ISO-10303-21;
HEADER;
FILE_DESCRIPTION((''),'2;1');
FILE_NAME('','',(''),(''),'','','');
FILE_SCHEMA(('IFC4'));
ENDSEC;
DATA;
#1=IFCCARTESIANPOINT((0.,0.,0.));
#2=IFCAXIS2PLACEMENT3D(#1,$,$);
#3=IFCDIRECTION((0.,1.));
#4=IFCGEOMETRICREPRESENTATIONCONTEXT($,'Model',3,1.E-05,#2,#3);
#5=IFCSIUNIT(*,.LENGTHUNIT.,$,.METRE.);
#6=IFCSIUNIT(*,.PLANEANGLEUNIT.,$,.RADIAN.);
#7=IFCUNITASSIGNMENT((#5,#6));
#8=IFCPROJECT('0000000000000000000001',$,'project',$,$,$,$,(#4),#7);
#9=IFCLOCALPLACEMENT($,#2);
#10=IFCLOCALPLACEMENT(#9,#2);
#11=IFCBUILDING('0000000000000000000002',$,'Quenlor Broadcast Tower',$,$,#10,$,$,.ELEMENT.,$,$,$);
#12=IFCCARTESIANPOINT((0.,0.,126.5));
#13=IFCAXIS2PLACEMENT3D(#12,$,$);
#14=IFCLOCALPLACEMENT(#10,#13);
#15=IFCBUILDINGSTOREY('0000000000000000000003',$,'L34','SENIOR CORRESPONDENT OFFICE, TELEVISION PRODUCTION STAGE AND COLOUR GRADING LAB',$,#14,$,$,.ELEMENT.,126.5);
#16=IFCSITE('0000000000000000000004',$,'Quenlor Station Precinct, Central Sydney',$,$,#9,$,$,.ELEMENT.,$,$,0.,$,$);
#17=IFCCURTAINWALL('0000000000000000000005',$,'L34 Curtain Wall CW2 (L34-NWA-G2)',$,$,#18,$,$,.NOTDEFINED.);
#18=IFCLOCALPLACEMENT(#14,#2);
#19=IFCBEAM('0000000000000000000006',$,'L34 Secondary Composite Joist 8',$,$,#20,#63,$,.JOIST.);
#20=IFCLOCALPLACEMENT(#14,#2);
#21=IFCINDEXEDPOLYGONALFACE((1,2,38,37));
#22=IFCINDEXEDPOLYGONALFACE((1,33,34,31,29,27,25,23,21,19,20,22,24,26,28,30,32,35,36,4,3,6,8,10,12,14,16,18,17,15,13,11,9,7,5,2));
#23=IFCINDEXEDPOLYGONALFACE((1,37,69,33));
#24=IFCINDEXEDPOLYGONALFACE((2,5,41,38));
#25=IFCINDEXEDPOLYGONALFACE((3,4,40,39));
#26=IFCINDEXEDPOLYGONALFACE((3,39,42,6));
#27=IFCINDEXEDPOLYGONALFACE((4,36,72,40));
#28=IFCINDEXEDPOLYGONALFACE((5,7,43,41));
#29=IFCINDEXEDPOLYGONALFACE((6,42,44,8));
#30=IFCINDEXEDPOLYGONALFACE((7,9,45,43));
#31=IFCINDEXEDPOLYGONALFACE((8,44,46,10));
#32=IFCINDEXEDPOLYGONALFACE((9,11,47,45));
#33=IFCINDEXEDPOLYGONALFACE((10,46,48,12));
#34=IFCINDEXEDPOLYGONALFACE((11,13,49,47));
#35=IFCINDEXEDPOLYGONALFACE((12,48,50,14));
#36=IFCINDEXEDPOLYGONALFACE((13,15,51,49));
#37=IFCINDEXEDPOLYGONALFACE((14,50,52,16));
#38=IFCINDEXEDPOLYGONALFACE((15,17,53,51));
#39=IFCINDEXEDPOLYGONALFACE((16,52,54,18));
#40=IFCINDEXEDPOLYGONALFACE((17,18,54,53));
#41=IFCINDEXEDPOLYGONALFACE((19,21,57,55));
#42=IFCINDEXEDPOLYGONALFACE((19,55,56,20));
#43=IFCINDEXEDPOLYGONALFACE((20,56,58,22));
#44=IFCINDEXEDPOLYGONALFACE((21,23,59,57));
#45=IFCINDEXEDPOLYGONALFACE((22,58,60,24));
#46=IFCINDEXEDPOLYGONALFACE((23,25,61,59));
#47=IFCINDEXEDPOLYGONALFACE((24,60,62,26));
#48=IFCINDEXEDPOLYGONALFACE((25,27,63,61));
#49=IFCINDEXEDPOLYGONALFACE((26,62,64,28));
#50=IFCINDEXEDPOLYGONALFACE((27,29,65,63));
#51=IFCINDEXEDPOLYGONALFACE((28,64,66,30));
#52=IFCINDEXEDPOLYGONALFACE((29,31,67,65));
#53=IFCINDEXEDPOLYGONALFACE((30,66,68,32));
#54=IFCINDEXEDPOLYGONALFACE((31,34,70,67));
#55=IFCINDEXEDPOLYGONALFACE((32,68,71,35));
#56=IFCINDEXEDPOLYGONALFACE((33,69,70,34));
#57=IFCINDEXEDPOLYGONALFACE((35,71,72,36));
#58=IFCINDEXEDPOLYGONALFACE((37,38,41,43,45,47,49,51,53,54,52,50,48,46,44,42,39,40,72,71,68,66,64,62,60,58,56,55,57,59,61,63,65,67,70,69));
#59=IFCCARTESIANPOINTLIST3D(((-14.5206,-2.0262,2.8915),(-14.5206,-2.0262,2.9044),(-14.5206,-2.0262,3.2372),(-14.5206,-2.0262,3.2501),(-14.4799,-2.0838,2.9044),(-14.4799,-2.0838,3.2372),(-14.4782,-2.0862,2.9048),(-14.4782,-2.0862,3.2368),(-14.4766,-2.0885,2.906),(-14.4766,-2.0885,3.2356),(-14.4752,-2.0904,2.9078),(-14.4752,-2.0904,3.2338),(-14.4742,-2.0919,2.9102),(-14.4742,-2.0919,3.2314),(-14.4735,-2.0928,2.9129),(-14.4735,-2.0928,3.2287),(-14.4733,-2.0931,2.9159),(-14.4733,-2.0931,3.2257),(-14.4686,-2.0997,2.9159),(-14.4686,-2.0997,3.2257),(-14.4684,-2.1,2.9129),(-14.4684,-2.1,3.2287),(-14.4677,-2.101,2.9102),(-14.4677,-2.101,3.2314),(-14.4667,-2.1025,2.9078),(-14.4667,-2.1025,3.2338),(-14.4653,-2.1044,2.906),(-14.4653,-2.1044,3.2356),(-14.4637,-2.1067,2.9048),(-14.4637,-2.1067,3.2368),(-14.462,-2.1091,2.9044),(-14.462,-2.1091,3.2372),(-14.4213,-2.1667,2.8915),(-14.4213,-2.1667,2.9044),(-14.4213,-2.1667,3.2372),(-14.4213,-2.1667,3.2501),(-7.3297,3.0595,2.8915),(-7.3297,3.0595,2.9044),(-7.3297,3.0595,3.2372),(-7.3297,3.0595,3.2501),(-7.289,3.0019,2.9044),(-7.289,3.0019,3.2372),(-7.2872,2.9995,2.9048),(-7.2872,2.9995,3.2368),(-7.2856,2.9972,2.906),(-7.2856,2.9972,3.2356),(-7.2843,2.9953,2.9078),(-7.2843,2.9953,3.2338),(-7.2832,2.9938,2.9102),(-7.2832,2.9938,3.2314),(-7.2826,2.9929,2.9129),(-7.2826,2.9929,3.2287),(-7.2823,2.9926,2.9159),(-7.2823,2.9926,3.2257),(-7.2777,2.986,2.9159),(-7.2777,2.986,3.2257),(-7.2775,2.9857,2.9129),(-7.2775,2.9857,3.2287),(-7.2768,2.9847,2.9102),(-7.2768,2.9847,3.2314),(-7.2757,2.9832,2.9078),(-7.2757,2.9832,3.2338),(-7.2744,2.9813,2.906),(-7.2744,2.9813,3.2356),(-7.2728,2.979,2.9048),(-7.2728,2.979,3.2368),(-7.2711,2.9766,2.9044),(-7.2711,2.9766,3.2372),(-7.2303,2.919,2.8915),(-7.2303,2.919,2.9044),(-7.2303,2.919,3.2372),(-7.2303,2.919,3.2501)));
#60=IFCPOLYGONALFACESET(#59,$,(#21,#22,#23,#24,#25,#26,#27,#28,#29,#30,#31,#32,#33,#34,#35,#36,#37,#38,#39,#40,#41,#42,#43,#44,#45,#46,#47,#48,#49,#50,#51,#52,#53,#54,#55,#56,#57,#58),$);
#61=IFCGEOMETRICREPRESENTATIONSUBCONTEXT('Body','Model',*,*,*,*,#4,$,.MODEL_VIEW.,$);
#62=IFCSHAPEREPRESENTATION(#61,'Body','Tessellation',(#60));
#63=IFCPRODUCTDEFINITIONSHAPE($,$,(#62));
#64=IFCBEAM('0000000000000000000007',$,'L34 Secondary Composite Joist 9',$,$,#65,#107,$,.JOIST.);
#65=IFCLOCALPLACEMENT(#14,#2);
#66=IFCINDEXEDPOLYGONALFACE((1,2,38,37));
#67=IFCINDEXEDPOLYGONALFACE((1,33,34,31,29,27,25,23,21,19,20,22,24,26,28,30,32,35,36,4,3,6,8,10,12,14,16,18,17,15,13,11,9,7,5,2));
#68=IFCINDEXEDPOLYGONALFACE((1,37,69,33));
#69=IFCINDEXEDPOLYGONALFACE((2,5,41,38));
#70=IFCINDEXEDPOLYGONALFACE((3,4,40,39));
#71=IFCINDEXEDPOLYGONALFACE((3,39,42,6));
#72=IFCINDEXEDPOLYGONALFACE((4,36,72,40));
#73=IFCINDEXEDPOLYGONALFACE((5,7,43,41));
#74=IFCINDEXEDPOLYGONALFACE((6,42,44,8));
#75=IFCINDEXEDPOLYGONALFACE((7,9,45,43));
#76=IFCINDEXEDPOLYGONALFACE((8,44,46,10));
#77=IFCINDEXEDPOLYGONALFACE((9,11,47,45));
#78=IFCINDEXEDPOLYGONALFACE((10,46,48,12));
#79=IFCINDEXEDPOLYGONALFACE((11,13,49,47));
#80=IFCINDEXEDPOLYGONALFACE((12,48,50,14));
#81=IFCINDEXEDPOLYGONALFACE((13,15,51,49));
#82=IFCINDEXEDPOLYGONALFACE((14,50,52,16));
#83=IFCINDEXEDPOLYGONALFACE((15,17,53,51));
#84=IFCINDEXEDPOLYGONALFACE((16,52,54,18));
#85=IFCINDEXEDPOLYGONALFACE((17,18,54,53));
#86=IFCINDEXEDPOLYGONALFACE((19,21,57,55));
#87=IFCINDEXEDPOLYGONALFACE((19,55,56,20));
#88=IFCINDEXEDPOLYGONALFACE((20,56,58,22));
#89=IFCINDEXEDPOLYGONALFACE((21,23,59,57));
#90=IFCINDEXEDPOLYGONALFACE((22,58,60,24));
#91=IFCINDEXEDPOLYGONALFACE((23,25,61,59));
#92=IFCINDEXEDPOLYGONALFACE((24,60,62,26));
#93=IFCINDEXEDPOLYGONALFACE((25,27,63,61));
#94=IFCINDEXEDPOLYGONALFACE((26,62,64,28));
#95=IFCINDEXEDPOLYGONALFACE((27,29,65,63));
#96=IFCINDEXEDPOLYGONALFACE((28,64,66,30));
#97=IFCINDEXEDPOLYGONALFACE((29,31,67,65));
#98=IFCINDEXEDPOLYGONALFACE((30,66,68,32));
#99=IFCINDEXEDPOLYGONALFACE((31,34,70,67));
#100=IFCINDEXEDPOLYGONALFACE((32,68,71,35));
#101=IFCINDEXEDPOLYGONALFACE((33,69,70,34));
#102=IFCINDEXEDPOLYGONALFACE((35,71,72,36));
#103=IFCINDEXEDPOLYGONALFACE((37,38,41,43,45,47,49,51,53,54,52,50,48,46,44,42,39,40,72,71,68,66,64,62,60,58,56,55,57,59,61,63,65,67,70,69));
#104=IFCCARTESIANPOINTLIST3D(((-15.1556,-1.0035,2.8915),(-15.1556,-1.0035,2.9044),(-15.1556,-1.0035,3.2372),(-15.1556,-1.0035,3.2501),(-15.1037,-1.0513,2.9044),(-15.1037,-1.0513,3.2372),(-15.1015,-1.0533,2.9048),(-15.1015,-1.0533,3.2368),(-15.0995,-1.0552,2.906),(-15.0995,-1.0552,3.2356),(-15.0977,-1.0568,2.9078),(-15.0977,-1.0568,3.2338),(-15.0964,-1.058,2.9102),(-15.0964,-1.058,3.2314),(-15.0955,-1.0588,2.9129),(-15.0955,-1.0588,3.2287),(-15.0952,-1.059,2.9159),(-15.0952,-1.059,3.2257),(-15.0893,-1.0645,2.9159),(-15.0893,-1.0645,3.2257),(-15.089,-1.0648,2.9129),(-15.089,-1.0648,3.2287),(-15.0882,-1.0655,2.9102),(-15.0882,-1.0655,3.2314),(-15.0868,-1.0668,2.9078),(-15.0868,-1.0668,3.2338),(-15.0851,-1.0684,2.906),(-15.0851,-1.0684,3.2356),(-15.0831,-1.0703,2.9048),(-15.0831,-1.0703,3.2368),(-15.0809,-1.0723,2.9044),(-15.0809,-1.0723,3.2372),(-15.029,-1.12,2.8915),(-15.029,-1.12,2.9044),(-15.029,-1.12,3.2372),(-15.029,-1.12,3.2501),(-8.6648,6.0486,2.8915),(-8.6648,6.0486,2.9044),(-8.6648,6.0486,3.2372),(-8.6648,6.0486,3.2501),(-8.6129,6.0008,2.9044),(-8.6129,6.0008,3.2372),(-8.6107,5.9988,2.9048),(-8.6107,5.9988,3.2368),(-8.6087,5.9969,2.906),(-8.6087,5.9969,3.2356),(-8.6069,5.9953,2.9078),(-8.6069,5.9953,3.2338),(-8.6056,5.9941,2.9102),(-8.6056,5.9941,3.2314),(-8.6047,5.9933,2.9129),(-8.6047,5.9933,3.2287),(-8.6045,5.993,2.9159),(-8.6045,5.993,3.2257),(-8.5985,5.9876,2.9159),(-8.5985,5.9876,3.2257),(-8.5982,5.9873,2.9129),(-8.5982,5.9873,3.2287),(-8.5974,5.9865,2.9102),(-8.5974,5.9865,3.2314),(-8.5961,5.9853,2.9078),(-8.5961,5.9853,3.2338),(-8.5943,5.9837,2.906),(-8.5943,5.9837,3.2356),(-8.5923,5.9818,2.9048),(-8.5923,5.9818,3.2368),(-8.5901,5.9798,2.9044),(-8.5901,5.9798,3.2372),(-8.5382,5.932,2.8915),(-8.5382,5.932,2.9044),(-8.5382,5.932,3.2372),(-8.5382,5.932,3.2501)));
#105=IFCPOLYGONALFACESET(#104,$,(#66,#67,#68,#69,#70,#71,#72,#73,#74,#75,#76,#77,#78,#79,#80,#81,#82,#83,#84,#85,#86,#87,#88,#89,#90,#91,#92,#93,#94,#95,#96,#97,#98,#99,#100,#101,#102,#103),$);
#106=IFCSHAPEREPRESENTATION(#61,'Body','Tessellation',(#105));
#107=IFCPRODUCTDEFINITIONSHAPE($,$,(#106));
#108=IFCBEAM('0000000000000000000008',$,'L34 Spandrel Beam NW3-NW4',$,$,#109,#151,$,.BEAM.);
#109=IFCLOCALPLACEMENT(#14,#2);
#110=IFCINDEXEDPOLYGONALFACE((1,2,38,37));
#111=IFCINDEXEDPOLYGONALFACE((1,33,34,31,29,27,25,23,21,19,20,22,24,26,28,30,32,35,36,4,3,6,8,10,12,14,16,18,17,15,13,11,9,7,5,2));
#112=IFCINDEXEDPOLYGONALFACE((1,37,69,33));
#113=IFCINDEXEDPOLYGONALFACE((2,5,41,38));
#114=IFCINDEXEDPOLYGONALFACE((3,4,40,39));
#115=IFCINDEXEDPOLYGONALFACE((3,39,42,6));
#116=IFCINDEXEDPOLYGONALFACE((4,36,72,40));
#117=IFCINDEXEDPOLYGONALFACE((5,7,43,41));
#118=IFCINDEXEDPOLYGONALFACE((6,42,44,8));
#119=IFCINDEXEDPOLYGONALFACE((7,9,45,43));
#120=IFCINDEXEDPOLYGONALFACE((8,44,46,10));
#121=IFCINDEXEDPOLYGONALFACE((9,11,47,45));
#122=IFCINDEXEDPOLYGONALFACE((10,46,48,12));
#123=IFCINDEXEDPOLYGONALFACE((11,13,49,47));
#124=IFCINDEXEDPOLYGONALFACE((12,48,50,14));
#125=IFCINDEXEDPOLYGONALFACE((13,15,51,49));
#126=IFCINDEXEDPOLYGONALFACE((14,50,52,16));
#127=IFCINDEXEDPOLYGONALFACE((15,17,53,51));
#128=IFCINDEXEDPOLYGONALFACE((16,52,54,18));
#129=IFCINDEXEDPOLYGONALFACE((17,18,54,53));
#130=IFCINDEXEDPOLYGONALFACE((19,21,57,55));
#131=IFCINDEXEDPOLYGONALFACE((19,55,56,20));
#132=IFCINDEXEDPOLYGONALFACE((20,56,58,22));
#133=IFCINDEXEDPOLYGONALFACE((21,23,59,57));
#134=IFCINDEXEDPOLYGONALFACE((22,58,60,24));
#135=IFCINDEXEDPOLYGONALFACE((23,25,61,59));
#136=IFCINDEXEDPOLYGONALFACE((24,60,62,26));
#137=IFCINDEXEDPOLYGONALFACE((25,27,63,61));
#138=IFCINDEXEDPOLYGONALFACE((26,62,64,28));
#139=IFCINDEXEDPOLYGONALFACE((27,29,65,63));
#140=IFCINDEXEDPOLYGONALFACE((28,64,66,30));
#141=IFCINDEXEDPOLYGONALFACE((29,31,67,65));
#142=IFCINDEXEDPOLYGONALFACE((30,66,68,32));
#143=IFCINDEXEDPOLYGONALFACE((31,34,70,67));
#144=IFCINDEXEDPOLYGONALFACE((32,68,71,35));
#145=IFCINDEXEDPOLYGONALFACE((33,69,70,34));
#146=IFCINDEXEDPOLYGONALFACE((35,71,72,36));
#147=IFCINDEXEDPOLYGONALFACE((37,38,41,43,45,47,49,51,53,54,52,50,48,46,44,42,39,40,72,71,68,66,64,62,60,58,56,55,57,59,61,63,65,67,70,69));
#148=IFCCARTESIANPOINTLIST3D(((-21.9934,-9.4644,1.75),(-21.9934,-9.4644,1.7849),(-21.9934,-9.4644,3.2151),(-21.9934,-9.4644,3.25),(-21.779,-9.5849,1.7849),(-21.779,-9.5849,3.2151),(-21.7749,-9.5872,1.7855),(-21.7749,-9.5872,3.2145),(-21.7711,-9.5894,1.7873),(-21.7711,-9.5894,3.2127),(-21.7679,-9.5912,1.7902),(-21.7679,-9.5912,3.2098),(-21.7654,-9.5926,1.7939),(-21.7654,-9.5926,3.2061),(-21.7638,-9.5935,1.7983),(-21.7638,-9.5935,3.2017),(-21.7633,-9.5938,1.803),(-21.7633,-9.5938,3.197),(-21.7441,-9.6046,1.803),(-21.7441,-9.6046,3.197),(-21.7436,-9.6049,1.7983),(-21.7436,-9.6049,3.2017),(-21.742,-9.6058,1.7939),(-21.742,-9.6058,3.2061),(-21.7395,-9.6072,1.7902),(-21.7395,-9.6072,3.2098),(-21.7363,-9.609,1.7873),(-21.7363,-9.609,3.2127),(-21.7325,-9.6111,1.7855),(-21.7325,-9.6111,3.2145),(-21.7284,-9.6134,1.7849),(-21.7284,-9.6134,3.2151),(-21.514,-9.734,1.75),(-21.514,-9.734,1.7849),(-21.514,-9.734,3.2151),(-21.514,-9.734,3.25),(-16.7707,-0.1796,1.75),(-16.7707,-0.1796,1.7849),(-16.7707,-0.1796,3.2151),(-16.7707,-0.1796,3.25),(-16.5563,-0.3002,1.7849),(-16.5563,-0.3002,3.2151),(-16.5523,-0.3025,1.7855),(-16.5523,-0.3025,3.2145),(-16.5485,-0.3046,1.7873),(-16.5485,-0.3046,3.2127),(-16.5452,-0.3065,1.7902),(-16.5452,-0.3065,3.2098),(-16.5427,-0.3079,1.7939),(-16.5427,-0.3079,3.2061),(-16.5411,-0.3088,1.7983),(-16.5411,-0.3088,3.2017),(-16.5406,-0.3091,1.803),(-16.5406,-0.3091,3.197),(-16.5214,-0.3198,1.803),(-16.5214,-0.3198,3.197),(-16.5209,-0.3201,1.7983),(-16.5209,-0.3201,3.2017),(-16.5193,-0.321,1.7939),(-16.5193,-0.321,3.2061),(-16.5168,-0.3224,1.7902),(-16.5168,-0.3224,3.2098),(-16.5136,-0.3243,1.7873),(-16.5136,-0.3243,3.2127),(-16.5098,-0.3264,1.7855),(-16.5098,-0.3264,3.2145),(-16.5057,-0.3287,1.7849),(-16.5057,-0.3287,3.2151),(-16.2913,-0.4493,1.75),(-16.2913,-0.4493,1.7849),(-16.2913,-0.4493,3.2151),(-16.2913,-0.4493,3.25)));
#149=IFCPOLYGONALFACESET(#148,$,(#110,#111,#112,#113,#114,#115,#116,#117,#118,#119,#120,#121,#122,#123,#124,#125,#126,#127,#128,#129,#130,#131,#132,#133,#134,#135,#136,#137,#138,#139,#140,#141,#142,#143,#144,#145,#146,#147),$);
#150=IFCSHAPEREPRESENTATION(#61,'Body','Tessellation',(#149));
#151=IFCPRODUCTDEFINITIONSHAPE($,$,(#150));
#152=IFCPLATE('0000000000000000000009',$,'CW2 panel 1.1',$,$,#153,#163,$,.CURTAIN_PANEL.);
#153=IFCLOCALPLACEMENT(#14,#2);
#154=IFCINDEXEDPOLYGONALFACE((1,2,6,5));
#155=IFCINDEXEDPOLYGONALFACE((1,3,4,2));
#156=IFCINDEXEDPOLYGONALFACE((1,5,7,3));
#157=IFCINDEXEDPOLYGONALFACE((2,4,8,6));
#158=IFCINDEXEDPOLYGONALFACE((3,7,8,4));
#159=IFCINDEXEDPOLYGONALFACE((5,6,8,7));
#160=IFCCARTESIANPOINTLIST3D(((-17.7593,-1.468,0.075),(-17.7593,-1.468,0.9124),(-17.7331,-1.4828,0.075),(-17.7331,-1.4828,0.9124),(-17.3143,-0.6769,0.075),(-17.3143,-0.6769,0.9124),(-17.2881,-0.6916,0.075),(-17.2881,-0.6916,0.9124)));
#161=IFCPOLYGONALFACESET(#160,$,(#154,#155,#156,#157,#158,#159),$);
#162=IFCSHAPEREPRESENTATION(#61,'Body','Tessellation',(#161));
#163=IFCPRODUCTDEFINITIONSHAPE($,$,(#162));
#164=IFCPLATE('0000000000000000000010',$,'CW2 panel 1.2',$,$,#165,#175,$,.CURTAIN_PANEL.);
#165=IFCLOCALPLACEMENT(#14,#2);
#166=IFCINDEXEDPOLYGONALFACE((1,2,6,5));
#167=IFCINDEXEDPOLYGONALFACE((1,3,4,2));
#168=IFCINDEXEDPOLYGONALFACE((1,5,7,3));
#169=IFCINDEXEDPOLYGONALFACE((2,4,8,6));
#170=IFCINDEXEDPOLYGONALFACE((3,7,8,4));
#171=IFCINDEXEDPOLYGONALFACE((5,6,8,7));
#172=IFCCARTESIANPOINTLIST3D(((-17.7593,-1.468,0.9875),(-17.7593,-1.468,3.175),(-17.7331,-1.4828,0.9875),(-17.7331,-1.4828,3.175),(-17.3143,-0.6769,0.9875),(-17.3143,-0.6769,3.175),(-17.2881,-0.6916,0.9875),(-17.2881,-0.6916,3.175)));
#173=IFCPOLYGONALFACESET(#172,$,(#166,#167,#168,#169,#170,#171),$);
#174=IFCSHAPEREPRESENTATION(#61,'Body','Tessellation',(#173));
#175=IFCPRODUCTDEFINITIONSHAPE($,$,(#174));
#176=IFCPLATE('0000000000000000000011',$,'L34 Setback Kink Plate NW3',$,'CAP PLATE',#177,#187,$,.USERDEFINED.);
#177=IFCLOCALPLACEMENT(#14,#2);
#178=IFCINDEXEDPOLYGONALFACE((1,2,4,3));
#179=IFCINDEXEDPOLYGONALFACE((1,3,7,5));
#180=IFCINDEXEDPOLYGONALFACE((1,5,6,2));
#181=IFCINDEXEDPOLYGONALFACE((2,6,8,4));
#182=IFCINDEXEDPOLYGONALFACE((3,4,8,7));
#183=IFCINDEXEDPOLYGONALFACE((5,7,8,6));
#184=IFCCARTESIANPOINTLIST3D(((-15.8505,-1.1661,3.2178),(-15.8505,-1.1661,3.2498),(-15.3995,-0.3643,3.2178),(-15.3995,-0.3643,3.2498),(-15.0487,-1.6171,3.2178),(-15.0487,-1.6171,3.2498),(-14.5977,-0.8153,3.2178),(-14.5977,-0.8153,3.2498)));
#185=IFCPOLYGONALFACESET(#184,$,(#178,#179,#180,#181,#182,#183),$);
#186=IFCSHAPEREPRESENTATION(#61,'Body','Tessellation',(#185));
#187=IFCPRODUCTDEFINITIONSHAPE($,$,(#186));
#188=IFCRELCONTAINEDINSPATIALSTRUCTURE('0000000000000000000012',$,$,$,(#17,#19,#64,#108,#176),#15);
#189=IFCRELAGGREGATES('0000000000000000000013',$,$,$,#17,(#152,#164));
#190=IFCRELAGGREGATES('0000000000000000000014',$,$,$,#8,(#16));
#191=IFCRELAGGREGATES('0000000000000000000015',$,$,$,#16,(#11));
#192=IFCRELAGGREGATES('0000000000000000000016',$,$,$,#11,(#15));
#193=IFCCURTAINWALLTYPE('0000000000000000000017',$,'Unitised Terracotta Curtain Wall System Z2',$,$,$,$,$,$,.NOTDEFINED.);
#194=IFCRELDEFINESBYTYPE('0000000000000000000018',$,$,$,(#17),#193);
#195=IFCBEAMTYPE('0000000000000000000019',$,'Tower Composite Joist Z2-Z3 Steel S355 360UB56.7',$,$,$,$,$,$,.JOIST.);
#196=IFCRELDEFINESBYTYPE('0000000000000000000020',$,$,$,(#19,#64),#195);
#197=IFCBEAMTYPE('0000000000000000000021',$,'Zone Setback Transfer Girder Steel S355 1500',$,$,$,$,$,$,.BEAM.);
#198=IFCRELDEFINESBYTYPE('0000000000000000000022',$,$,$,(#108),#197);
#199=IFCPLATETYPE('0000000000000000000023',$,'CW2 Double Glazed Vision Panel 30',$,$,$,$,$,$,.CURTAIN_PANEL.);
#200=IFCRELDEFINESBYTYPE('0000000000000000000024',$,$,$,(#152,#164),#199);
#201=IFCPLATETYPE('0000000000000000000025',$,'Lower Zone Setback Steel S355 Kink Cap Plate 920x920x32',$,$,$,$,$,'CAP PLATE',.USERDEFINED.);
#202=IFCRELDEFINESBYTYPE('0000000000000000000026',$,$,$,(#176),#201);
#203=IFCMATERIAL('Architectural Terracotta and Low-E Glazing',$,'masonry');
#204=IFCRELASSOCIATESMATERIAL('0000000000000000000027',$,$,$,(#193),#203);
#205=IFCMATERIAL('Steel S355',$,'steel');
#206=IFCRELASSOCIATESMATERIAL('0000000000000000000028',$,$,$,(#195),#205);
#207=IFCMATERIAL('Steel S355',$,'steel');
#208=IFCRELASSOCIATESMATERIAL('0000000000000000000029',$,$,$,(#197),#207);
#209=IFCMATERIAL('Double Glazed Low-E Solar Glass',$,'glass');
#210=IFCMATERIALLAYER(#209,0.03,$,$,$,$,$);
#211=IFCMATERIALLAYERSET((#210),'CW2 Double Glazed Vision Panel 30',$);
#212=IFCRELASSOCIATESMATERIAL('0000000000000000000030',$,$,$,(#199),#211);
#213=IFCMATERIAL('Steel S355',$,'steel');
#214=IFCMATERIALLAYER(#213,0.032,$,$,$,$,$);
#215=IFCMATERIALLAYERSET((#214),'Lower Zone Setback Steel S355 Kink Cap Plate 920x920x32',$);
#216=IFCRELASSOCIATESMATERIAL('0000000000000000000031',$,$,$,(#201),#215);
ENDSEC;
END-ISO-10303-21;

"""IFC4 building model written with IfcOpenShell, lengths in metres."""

from ifc_helpers import new_model, si_unit, direction, frame, origin, origin_2d, place, context, subcontext, project, spatial, rectangle, i_section, extrude, material, layer, layer_set, material_profile, profile_set, type_object, element, aggregate, save


model = new_model("IFC4")

# Units and contexts
model_context = context("Model", 3, precision=1e-05, world=origin(), true_north=direction((0.0, 1.0)))
body_context = subcontext(model_context, "Body", "Model", "MODEL_VIEW")
ifc_project = project(units=[si_unit("LENGTHUNIT", "METRE"), si_unit("PLANEANGLEUNIT", "RADIAN")], contexts=[model_context])

# Site, building, storey
site_placement = place(None, origin())
site = spatial("IfcSite", under=ifc_project, at=site_placement, Name="Quenlor Station Precinct, Central Sydney", CompositionType="ELEMENT", RefElevation=0.0)
building_placement = place(site_placement, origin())
building = spatial("IfcBuilding", under=site, at=building_placement, Name="Quenlor Broadcast Tower", CompositionType="ELEMENT")
storey_placement = place(building_placement, frame((0.0, 0.0, 126.5)))
storey = spatial("IfcBuildingStorey", under=building, at=storey_placement, Name="L34", Description="SENIOR CORRESPONDENT OFFICE, TELEVISION PRODUCTION STAGE AND COLOUR GRADING LAB", CompositionType="ELEMENT", Elevation=126.5)

# Curtain wall
ifc_material_1 = material(Name="Architectural Terracotta and Low-E Glazing", Category="masonry")
curtain_wall_type = type_object("IfcCurtainWallType", Name="Unitised Terracotta Curtain Wall System Z2", PredefinedType="NOTDEFINED", material=ifc_material_1)
curtain_wall_1_placement = place(storey_placement, origin())
curtain_wall_1 = element("IfcCurtainWall", 1, at=curtain_wall_1_placement, inside=storey, type_object=curtain_wall_type, Name="L34 Curtain Wall CW2 (L34-NWA-G2)", PredefinedType="NOTDEFINED")

# Beams
ifc_material_2 = material(Name="Steel S355", Category="steel")
ifc_material_profile_1 = material_profile(ifc_material_2, i_section(OverallWidth=0.1721, OverallDepth=0.3586, WebThickness=0.0081, FlangeThickness=0.0129, FilletRadius=0.0115, at=origin_2d()))
ifc_profile_set_1 = profile_set([ifc_material_profile_1], Name="Steel S355 360UB56.7")
beam_type_1 = type_object("IfcBeamType", Name="Tower Composite Joist Z2-Z3 Steel S355 360UB56.7", PredefinedType="JOIST", material=ifc_profile_set_1)
beam_1_placement = place(storey_placement, frame((-14.4709, -2.0964, 3.0708), z_axis=(0.816446, 0.577422, 0.0), x_axis=(-0.577422, 0.816446, 0.0)))
element("IfcBeam", 2, at=beam_1_placement, inside=storey, type_object=beam_type_1, Name="L34 Secondary Composite Joist 8", PredefinedType="JOIST", context=body_context, shape_type="SweptSolid", body=[
    extrude(i_section(OverallWidth=0.1721, OverallDepth=0.3586, WebThickness=0.0081, FlangeThickness=0.0129, FilletRadius=0.0115, at=origin_2d()), origin(), (0.0, 0.0, 1.0), 8.8076),
])
beam_2_placement = place(storey_placement, frame((-15.0923, -1.0618, 3.0708), z_axis=(0.677219, 0.735781, 0.0), x_axis=(-0.735781, 0.677219, 0.0)))
element("IfcBeam", 3, at=beam_2_placement, inside=storey, type_object=beam_type_1, Name="L34 Secondary Composite Joist 9", PredefinedType="JOIST", context=body_context, shape_type="SweptSolid", body=[
    extrude(i_section(OverallWidth=0.1721, OverallDepth=0.3586, WebThickness=0.0081, FlangeThickness=0.0129, FilletRadius=0.0115, at=origin_2d()), origin(), (0.0, 0.0, 1.0), 9.5845),
])
ifc_material_3 = material(Name="Steel S355", Category="steel")
ifc_material_profile_2 = material_profile(ifc_material_3, i_section(OverallWidth=0.55, OverallDepth=1.5, WebThickness=0.022, FlangeThickness=0.0349, FilletRadius=0.0181, at=origin_2d()))
ifc_profile_set_2 = profile_set([ifc_material_profile_2], Name="Steel S355 1500TG510")
beam_type_2 = type_object("IfcBeamType", Name="Zone Setback Transfer Girder Steel S355 1500", PredefinedType="BEAM", material=ifc_profile_set_2)
beam_3_placement = place(storey_placement, frame((-16.531, -0.3145, 2.5), z_axis=(-0.490263, -0.871574, 0.0), x_axis=(0.871574, -0.490263, 0.0)))
element("IfcBeam", 4, at=beam_3_placement, inside=storey, type_object=beam_type_2, Name="L34 Spandrel Beam NW3-NW4", PredefinedType="BEAM", context=body_context, shape_type="SweptSolid", body=[
    extrude(i_section(OverallWidth=0.55, OverallDepth=1.5, WebThickness=0.022, FlangeThickness=0.0349, FilletRadius=0.0181, at=origin_2d()), origin(), (0.0, 0.0, 1.0), 10.6528),
])

# Plates
ifc_material_4 = material(Name="Double Glazed Low-E Solar Glass", Category="glass")
ifc_layer_1 = layer(ifc_material_4, 0.03)
ifc_layer_set_1 = layer_set([ifc_layer_1], Name="CW2 Double Glazed Vision Panel 30")
plate_type_1 = type_object("IfcPlateType", Name="CW2 Double Glazed Vision Panel 30", PredefinedType="CURTAIN_PANEL", material=ifc_layer_set_1)
plate_1_placement = place(storey_placement, frame((-17.5237, -1.0798, 0.075), z_axis=(0.0, 0.0, 1.0), x_axis=(0.490252, 0.871581, 0.0)))
plate_1 = element("IfcPlate", 5, at=plate_1_placement, type_object=plate_type_1, Name="CW2 panel 1.1", PredefinedType="CURTAIN_PANEL", context=body_context, shape_type="SweptSolid", body=[
    extrude(rectangle(XDim=0.9077, YDim=0.03, at=origin_2d()), origin(), (0.0, 0.0, 1.0), 0.8374),
])
plate_2_placement = place(storey_placement, frame((-17.5237, -1.0798, 0.9875), z_axis=(0.0, 0.0, 1.0), x_axis=(0.490252, 0.871581, 0.0)))
plate_2 = element("IfcPlate", 6, at=plate_2_placement, type_object=plate_type_1, Name="CW2 panel 1.2", PredefinedType="CURTAIN_PANEL", context=body_context, shape_type="SweptSolid", body=[
    extrude(rectangle(XDim=0.9077, YDim=0.03, at=origin_2d()), origin(), (0.0, 0.0, 1.0), 2.1875),
])
aggregate(curtain_wall_1, [plate_1, plate_2])

# Plate
ifc_material_5 = material(Name="Steel S355", Category="steel")
ifc_layer_2 = layer(ifc_material_5, 0.032)
ifc_layer_set_2 = layer_set([ifc_layer_2], Name="Lower Zone Setback Steel S355 Kink Cap Plate 920x920x32")
plate_type_2 = type_object("IfcPlateType", Name="Lower Zone Setback Steel S355 Kink Cap Plate 920x920x32", ElementType="CAP PLATE", PredefinedType="USERDEFINED", material=ifc_layer_set_2)
plate_3_placement = place(storey_placement, frame((-15.2241, -0.9907, 3.2178), z_axis=(0.0, 0.0, 1.0), x_axis=(-0.871575, 0.490262, 0.0)))
element("IfcPlate", 7, at=plate_3_placement, inside=storey, type_object=plate_type_2, Name="L34 Setback Kink Plate NW3", ObjectType="CAP PLATE", PredefinedType="USERDEFINED", context=body_context, shape_type="SweptSolid", body=[
    extrude(rectangle(XDim=0.9199, YDim=0.9199, at=origin_2d()), origin(), (0.0, 0.0, 1.0), 0.032),
])

save(model, "model.ifc")
